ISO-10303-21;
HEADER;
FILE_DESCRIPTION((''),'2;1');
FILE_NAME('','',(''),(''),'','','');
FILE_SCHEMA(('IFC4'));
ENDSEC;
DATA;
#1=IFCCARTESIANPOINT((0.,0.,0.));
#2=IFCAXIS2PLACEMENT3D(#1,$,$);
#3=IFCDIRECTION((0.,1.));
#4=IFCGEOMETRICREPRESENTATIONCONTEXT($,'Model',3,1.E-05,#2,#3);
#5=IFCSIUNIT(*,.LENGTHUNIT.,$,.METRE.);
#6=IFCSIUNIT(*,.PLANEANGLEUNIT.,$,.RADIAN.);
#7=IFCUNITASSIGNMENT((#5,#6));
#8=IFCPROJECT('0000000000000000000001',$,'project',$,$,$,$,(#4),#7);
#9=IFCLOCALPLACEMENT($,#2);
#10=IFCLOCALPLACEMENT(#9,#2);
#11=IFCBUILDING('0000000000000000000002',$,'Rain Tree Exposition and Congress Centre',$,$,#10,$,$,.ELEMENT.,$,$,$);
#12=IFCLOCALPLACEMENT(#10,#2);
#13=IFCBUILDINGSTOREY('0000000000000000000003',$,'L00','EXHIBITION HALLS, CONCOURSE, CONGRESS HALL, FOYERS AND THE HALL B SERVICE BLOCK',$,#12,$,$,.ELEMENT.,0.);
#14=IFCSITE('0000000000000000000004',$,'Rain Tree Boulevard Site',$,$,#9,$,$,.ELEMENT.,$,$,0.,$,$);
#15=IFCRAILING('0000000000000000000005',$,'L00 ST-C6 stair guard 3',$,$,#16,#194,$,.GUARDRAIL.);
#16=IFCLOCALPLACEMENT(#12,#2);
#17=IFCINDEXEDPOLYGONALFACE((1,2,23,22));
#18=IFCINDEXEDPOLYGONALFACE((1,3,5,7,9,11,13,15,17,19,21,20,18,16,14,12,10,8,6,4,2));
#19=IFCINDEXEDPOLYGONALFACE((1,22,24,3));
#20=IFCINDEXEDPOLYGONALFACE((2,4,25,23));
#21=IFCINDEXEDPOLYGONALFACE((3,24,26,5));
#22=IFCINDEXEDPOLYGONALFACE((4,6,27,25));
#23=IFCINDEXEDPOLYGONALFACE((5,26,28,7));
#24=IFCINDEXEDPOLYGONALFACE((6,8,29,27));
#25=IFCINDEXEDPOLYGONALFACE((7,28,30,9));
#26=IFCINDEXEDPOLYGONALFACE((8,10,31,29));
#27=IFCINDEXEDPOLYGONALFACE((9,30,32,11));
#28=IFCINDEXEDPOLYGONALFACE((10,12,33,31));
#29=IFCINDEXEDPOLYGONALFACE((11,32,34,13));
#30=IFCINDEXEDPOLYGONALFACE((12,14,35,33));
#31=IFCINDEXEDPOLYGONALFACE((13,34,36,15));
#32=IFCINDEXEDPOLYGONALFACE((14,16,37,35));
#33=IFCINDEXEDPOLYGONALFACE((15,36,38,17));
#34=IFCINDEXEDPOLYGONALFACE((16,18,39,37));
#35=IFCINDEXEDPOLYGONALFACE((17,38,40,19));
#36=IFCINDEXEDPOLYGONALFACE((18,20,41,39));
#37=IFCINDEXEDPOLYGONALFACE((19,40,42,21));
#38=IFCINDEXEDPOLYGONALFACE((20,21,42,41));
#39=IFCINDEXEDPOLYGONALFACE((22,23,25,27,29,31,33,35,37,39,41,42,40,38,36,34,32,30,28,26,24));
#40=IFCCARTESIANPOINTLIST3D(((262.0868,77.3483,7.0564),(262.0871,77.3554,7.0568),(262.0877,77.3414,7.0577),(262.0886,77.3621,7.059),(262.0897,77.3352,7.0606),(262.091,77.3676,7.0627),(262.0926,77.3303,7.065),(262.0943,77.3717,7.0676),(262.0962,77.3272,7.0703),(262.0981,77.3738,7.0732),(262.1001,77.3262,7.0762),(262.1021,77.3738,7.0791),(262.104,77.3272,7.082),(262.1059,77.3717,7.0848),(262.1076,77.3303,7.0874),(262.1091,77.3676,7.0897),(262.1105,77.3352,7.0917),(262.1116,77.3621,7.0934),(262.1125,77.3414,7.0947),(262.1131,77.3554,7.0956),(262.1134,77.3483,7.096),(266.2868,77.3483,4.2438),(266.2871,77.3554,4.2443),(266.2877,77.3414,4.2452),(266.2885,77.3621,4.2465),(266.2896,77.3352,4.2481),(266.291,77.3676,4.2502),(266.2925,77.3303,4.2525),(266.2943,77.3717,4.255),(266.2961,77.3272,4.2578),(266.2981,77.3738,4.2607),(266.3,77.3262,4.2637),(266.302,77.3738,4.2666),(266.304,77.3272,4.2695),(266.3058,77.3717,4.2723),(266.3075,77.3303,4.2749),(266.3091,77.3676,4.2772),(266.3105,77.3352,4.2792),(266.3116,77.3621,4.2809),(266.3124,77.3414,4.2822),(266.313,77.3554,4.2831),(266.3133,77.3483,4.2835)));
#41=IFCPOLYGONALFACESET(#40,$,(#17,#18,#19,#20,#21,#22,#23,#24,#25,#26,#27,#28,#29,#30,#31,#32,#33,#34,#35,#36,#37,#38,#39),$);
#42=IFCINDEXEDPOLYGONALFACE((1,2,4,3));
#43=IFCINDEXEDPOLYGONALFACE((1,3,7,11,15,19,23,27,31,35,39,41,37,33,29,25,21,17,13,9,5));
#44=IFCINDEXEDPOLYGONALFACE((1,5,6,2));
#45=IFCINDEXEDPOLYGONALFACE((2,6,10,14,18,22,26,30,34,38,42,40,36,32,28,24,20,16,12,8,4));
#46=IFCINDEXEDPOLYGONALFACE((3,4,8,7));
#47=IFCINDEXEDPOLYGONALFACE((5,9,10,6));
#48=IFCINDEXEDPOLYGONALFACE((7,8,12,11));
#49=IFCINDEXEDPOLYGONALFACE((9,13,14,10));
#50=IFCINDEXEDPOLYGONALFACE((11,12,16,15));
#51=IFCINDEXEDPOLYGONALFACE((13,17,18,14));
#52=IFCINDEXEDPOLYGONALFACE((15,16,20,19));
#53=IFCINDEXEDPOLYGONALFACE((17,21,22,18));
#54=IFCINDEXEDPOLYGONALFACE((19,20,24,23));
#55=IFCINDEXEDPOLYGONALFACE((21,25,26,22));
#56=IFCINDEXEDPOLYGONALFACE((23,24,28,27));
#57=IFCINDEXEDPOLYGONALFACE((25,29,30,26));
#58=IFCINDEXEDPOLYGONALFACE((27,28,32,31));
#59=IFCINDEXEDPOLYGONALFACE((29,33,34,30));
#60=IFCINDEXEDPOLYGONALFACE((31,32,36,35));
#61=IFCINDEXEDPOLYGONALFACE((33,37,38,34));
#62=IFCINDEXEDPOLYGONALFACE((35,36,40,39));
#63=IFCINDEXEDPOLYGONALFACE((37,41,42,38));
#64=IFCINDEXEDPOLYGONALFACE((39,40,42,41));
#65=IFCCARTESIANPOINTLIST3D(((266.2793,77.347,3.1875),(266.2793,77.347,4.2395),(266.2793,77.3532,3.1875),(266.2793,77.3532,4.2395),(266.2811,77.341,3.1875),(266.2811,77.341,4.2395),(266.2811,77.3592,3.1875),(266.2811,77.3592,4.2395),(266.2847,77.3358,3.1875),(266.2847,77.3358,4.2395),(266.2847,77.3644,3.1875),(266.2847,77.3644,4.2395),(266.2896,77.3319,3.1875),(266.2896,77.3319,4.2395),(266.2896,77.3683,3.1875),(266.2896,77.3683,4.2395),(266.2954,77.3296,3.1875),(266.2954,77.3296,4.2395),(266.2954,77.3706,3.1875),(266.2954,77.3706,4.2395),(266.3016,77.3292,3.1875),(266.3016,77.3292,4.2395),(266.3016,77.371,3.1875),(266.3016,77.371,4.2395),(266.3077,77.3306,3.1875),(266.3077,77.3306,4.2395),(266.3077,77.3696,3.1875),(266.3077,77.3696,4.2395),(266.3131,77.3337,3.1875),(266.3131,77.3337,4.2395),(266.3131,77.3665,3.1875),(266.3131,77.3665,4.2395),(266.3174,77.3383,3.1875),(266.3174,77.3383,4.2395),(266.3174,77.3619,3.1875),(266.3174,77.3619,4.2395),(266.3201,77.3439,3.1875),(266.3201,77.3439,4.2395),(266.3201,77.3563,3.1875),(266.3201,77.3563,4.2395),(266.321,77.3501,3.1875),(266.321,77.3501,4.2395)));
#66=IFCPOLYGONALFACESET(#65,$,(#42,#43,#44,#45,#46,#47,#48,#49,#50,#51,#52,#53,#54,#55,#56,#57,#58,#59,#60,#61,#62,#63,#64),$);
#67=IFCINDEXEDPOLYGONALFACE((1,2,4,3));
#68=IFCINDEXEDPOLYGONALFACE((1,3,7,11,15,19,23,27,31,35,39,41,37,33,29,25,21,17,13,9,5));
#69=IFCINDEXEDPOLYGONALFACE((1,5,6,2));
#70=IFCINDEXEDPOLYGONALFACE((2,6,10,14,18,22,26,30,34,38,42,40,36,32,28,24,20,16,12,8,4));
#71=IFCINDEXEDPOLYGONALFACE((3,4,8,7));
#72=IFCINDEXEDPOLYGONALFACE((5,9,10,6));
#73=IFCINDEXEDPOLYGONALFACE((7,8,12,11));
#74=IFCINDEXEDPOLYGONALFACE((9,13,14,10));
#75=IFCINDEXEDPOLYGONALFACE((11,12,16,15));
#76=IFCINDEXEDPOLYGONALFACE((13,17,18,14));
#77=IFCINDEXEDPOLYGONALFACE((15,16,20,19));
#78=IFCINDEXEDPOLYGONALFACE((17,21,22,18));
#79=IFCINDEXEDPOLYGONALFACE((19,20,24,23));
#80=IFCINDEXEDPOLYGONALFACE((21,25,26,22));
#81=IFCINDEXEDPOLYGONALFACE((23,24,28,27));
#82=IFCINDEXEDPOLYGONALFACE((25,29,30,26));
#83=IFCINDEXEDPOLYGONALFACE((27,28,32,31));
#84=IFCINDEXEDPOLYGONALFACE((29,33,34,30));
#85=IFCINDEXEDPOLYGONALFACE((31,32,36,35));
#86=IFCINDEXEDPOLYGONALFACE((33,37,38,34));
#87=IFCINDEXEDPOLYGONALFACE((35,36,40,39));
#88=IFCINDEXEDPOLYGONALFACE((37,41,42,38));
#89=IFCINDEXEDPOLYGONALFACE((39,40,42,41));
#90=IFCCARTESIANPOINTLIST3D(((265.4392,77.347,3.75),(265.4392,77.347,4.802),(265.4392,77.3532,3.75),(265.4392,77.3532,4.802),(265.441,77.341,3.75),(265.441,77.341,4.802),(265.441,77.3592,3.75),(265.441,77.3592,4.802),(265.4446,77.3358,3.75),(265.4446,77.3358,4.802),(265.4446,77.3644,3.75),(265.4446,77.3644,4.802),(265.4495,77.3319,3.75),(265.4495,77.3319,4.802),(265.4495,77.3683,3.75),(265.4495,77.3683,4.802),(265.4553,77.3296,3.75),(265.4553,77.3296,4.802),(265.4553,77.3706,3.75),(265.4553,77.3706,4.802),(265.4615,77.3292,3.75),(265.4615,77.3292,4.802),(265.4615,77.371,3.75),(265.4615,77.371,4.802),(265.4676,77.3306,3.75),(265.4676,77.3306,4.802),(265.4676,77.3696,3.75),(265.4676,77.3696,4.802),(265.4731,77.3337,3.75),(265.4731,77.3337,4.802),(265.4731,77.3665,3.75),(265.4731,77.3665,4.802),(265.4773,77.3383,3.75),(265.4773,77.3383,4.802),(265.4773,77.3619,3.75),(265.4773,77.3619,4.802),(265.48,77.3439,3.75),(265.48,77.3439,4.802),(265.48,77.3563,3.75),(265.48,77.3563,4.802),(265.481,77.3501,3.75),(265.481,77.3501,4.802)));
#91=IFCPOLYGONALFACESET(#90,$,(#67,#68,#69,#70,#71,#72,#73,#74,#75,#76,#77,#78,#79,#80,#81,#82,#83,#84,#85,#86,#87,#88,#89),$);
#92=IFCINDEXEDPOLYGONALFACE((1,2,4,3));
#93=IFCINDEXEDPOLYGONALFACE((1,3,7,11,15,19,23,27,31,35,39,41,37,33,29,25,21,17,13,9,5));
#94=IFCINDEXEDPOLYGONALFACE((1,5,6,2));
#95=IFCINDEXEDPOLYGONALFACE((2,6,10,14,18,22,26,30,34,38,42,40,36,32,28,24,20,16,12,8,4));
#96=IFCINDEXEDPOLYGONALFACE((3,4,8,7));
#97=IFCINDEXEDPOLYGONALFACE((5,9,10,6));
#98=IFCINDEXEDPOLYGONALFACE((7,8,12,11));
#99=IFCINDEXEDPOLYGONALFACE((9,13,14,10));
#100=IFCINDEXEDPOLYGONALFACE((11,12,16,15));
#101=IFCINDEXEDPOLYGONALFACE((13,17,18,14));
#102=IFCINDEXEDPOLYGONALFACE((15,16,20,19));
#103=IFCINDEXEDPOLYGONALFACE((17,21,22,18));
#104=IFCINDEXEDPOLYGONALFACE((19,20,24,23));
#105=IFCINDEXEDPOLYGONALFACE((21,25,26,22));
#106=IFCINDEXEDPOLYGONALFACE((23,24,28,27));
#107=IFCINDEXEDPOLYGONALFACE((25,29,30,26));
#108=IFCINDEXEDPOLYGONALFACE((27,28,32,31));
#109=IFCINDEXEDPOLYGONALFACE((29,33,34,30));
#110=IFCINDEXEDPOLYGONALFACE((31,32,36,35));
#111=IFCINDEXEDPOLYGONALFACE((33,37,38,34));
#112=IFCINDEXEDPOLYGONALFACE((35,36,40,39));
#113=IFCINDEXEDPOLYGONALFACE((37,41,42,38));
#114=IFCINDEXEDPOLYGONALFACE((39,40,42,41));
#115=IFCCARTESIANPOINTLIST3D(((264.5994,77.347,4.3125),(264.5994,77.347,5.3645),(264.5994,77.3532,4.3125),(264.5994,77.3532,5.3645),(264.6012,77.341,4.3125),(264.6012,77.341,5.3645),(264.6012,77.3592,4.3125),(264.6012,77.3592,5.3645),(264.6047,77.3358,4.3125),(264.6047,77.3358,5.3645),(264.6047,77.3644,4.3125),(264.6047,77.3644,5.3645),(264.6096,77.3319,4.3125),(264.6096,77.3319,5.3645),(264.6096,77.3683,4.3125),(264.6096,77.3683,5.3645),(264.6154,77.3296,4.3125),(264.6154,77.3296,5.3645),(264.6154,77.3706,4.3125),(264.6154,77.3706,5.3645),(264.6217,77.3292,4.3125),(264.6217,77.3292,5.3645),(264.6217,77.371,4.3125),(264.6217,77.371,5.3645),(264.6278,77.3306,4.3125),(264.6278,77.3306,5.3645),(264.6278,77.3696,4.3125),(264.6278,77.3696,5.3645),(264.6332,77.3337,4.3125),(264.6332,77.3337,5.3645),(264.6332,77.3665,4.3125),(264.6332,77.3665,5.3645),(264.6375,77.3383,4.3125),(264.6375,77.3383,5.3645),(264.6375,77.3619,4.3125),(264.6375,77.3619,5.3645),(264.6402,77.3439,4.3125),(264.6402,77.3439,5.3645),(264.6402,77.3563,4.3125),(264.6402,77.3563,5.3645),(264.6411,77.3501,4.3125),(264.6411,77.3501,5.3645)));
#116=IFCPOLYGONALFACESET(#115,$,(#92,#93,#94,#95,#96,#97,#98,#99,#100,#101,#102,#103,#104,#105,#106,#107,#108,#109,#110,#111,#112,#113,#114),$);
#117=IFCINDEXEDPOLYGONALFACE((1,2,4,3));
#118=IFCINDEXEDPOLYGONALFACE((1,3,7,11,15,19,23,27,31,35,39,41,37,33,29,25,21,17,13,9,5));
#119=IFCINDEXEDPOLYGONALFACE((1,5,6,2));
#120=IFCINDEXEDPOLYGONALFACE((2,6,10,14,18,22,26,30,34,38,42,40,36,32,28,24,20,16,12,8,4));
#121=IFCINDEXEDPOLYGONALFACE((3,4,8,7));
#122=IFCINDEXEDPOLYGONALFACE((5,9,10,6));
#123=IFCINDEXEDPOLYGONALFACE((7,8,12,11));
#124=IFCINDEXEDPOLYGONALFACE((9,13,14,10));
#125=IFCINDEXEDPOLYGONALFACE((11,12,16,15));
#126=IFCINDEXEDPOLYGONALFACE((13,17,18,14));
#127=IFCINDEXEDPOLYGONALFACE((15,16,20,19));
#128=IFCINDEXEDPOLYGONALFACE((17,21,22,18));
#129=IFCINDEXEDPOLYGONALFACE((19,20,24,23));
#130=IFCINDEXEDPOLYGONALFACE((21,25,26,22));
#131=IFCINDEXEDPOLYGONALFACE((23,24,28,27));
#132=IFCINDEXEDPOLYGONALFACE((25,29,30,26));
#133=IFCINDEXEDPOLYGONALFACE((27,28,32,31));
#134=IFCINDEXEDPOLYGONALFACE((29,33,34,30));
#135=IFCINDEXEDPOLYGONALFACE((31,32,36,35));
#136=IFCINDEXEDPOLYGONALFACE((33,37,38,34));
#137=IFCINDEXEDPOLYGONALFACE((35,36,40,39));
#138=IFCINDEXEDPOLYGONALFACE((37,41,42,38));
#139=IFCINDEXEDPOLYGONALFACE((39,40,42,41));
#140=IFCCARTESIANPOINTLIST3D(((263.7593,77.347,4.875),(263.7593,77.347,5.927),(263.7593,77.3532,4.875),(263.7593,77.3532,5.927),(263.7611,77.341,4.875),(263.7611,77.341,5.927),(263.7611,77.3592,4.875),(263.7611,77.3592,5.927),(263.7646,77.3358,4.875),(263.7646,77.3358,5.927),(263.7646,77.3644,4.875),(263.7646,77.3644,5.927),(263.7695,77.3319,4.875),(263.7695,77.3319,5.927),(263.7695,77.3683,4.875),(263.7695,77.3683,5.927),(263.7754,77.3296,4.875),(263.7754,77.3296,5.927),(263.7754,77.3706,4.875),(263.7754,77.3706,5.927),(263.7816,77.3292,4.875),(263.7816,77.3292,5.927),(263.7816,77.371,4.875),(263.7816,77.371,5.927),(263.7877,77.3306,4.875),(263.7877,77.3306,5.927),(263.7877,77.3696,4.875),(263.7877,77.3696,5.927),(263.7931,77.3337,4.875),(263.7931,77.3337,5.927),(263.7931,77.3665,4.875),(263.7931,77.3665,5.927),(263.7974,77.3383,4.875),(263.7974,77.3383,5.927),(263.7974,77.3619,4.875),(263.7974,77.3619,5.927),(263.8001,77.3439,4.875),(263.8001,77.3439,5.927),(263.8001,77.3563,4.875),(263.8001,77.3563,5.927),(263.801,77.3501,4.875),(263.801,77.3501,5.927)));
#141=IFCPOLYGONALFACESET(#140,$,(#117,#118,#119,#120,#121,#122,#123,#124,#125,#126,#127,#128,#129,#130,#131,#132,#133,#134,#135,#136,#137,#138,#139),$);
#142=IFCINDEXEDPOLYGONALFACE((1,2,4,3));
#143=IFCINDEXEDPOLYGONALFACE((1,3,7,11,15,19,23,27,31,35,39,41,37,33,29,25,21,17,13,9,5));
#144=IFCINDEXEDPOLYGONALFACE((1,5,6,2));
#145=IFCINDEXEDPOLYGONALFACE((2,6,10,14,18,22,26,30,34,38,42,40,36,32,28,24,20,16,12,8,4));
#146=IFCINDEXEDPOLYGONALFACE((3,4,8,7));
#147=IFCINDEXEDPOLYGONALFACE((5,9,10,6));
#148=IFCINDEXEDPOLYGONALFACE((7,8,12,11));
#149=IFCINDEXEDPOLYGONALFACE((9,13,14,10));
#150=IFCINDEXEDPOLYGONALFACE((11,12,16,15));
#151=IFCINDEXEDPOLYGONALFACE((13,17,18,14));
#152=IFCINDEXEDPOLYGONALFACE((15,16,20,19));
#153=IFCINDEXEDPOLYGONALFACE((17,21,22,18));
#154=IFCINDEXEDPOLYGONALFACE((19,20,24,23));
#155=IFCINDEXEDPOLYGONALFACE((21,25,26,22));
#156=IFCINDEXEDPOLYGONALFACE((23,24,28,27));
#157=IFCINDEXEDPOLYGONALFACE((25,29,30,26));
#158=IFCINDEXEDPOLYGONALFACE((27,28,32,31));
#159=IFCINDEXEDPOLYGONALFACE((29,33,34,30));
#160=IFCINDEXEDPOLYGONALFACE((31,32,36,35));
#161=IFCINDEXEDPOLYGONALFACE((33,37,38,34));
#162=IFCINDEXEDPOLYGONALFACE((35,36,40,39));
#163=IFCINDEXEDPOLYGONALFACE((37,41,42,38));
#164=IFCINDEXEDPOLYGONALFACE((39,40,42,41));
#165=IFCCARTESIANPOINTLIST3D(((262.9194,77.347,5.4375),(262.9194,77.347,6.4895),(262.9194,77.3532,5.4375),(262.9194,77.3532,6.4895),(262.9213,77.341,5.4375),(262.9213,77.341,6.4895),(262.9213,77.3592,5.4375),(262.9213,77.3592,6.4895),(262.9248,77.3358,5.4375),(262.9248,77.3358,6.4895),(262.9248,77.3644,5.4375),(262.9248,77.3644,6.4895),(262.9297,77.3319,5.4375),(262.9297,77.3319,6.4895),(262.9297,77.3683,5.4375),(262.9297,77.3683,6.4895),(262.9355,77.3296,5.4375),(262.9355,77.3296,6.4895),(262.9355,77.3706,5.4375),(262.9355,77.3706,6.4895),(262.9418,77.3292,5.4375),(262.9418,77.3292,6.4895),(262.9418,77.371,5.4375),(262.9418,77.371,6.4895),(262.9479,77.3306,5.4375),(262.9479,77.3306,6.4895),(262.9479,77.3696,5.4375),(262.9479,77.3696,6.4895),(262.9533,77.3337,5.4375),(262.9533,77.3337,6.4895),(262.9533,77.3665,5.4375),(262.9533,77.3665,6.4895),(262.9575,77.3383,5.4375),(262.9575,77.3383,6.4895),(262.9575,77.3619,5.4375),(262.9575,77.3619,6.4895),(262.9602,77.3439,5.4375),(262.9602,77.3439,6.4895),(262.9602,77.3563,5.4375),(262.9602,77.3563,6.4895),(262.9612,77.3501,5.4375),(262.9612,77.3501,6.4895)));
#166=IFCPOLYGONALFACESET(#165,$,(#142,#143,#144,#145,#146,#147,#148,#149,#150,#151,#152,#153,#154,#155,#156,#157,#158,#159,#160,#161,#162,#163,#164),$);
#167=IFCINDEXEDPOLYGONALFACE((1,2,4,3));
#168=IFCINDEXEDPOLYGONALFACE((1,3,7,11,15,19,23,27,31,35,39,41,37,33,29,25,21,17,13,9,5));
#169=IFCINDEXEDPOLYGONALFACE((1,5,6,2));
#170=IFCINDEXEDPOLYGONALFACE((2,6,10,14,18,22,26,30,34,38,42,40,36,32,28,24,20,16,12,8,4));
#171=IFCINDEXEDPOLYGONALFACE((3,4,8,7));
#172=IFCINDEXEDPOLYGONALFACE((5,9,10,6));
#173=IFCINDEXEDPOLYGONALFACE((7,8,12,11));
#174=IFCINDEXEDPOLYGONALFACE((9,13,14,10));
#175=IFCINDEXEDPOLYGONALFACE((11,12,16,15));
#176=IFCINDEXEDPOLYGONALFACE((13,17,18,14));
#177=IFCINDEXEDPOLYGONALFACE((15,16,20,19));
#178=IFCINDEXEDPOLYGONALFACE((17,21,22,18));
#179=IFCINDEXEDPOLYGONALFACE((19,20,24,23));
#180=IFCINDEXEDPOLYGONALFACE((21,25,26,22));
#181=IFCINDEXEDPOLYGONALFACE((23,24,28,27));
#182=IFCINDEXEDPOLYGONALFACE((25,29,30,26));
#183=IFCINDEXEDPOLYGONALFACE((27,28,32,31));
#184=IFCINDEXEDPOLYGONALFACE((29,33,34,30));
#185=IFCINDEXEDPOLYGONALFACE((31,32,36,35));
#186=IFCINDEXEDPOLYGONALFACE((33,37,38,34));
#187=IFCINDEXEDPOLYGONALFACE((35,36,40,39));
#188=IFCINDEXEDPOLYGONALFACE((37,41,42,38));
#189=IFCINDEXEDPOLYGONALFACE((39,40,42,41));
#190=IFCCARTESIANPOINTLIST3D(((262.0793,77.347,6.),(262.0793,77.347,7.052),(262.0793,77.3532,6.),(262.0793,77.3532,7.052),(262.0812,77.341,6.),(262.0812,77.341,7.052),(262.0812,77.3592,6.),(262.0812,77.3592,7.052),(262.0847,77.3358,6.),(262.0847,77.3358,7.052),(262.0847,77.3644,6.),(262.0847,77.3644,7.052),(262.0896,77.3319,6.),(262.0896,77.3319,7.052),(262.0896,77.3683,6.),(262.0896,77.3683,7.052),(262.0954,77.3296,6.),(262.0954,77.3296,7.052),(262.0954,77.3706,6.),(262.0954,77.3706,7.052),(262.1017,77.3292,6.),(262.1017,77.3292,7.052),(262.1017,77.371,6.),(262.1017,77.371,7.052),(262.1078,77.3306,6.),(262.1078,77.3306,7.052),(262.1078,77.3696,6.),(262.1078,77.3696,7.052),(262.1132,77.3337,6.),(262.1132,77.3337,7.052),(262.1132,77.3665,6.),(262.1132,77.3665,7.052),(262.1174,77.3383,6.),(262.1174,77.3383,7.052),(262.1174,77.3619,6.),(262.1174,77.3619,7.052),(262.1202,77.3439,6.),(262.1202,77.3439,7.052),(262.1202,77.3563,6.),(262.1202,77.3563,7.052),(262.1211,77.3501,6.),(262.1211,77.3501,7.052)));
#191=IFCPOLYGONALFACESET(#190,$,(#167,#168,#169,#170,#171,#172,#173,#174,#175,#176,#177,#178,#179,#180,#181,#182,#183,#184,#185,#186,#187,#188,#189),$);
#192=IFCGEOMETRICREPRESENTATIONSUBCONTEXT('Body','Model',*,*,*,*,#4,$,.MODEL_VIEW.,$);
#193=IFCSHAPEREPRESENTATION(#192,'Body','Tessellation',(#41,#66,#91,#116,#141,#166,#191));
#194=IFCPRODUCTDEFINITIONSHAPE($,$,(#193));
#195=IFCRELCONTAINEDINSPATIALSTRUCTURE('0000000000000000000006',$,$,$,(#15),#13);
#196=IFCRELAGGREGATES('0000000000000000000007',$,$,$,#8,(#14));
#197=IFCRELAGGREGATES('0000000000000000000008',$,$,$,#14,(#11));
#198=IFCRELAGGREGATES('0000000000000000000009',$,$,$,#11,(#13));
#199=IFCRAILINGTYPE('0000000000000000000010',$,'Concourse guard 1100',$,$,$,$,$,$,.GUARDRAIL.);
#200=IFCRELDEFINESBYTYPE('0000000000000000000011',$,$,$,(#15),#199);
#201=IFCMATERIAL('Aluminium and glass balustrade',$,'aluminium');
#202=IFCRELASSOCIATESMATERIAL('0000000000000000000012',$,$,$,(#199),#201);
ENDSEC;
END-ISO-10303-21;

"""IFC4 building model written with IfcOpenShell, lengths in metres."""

from ifc_helpers import new_model, si_unit, direction, frame, origin, origin_2d, place, context, subcontext, project, spatial, circle, extrude, material, type_object, element, save


model = new_model("IFC4")

# Units and contexts
model_context = context("Model", 3, precision=1e-05, world=origin(), true_north=direction((0.0, 1.0)))
body_context = subcontext(model_context, "Body", "Model", "MODEL_VIEW")
ifc_project = project(units=[si_unit("LENGTHUNIT", "METRE"), si_unit("PLANEANGLEUNIT", "RADIAN")], contexts=[model_context])

# Site, building, storey
site_placement = place(None, origin())
site = spatial("IfcSite", under=ifc_project, at=site_placement, Name="Rain Tree Boulevard Site", CompositionType="ELEMENT", RefElevation=0.0)
building_placement = place(site_placement, origin())
building = spatial("IfcBuilding", under=site, at=building_placement, Name="Rain Tree Exposition and Congress Centre", CompositionType="ELEMENT")
storey_placement = place(building_placement, origin())
storey = spatial("IfcBuildingStorey", under=building, at=storey_placement, Name="L00", Description="EXHIBITION HALLS, CONCOURSE, CONGRESS HALL, FOYERS AND THE HALL B SERVICE BLOCK", CompositionType="ELEMENT", Elevation=0.0)

# Railing
ifc_material_1 = material(Name="Aluminium and glass balustrade", Category="aluminium")
railing_type_1 = type_object("IfcRailingType", Name="Concourse guard 1100", PredefinedType="GUARDRAIL", material=ifc_material_1)
railing_1_placement = place(storey_placement, frame((266.3, 77.3501, 3.1875)))
element("IfcRailing", 1, at=railing_1_placement, inside=storey, type_object=railing_type_1, Name="L00 ST-C6 stair guard 3", PredefinedType="GUARDRAIL", context=body_context, shape_type="SweptSolid", body=[
    extrude(circle(Radius=0.0239, at=origin_2d()), frame((0.0, 0.0, 1.0762), z_axis=(-0.830904, 0.0, 0.556416), x_axis=(0.0, -1.0, 0.0)), (0.0, 0.0, 1.0), 5.0547),
    extrude(circle(Radius=0.021, at=origin_2d()), origin(), (0.0, 0.0, 1.0), 1.052),
    extrude(circle(Radius=0.021, at=origin_2d()), frame((-0.8401, 0.0, 0.5625)), (0.0, 0.0, 1.0), 1.052),
    extrude(circle(Radius=0.021, at=origin_2d()), frame((-1.6799, 0.0, 1.125)), (0.0, 0.0, 1.0), 1.052),
    extrude(circle(Radius=0.021, at=origin_2d()), frame((-2.52, 0.0, 1.6875)), (0.0, 0.0, 1.0), 1.052),
    extrude(circle(Radius=0.021, at=origin_2d()), frame((-3.3599, 0.0, 2.25)), (0.0, 0.0, 1.0), 1.052),
    extrude(circle(Radius=0.021, at=origin_2d()), frame((-4.2, 0.0, 2.8125)), (0.0, 0.0, 1.0), 1.052),
])

save(model, "model.ifc")
